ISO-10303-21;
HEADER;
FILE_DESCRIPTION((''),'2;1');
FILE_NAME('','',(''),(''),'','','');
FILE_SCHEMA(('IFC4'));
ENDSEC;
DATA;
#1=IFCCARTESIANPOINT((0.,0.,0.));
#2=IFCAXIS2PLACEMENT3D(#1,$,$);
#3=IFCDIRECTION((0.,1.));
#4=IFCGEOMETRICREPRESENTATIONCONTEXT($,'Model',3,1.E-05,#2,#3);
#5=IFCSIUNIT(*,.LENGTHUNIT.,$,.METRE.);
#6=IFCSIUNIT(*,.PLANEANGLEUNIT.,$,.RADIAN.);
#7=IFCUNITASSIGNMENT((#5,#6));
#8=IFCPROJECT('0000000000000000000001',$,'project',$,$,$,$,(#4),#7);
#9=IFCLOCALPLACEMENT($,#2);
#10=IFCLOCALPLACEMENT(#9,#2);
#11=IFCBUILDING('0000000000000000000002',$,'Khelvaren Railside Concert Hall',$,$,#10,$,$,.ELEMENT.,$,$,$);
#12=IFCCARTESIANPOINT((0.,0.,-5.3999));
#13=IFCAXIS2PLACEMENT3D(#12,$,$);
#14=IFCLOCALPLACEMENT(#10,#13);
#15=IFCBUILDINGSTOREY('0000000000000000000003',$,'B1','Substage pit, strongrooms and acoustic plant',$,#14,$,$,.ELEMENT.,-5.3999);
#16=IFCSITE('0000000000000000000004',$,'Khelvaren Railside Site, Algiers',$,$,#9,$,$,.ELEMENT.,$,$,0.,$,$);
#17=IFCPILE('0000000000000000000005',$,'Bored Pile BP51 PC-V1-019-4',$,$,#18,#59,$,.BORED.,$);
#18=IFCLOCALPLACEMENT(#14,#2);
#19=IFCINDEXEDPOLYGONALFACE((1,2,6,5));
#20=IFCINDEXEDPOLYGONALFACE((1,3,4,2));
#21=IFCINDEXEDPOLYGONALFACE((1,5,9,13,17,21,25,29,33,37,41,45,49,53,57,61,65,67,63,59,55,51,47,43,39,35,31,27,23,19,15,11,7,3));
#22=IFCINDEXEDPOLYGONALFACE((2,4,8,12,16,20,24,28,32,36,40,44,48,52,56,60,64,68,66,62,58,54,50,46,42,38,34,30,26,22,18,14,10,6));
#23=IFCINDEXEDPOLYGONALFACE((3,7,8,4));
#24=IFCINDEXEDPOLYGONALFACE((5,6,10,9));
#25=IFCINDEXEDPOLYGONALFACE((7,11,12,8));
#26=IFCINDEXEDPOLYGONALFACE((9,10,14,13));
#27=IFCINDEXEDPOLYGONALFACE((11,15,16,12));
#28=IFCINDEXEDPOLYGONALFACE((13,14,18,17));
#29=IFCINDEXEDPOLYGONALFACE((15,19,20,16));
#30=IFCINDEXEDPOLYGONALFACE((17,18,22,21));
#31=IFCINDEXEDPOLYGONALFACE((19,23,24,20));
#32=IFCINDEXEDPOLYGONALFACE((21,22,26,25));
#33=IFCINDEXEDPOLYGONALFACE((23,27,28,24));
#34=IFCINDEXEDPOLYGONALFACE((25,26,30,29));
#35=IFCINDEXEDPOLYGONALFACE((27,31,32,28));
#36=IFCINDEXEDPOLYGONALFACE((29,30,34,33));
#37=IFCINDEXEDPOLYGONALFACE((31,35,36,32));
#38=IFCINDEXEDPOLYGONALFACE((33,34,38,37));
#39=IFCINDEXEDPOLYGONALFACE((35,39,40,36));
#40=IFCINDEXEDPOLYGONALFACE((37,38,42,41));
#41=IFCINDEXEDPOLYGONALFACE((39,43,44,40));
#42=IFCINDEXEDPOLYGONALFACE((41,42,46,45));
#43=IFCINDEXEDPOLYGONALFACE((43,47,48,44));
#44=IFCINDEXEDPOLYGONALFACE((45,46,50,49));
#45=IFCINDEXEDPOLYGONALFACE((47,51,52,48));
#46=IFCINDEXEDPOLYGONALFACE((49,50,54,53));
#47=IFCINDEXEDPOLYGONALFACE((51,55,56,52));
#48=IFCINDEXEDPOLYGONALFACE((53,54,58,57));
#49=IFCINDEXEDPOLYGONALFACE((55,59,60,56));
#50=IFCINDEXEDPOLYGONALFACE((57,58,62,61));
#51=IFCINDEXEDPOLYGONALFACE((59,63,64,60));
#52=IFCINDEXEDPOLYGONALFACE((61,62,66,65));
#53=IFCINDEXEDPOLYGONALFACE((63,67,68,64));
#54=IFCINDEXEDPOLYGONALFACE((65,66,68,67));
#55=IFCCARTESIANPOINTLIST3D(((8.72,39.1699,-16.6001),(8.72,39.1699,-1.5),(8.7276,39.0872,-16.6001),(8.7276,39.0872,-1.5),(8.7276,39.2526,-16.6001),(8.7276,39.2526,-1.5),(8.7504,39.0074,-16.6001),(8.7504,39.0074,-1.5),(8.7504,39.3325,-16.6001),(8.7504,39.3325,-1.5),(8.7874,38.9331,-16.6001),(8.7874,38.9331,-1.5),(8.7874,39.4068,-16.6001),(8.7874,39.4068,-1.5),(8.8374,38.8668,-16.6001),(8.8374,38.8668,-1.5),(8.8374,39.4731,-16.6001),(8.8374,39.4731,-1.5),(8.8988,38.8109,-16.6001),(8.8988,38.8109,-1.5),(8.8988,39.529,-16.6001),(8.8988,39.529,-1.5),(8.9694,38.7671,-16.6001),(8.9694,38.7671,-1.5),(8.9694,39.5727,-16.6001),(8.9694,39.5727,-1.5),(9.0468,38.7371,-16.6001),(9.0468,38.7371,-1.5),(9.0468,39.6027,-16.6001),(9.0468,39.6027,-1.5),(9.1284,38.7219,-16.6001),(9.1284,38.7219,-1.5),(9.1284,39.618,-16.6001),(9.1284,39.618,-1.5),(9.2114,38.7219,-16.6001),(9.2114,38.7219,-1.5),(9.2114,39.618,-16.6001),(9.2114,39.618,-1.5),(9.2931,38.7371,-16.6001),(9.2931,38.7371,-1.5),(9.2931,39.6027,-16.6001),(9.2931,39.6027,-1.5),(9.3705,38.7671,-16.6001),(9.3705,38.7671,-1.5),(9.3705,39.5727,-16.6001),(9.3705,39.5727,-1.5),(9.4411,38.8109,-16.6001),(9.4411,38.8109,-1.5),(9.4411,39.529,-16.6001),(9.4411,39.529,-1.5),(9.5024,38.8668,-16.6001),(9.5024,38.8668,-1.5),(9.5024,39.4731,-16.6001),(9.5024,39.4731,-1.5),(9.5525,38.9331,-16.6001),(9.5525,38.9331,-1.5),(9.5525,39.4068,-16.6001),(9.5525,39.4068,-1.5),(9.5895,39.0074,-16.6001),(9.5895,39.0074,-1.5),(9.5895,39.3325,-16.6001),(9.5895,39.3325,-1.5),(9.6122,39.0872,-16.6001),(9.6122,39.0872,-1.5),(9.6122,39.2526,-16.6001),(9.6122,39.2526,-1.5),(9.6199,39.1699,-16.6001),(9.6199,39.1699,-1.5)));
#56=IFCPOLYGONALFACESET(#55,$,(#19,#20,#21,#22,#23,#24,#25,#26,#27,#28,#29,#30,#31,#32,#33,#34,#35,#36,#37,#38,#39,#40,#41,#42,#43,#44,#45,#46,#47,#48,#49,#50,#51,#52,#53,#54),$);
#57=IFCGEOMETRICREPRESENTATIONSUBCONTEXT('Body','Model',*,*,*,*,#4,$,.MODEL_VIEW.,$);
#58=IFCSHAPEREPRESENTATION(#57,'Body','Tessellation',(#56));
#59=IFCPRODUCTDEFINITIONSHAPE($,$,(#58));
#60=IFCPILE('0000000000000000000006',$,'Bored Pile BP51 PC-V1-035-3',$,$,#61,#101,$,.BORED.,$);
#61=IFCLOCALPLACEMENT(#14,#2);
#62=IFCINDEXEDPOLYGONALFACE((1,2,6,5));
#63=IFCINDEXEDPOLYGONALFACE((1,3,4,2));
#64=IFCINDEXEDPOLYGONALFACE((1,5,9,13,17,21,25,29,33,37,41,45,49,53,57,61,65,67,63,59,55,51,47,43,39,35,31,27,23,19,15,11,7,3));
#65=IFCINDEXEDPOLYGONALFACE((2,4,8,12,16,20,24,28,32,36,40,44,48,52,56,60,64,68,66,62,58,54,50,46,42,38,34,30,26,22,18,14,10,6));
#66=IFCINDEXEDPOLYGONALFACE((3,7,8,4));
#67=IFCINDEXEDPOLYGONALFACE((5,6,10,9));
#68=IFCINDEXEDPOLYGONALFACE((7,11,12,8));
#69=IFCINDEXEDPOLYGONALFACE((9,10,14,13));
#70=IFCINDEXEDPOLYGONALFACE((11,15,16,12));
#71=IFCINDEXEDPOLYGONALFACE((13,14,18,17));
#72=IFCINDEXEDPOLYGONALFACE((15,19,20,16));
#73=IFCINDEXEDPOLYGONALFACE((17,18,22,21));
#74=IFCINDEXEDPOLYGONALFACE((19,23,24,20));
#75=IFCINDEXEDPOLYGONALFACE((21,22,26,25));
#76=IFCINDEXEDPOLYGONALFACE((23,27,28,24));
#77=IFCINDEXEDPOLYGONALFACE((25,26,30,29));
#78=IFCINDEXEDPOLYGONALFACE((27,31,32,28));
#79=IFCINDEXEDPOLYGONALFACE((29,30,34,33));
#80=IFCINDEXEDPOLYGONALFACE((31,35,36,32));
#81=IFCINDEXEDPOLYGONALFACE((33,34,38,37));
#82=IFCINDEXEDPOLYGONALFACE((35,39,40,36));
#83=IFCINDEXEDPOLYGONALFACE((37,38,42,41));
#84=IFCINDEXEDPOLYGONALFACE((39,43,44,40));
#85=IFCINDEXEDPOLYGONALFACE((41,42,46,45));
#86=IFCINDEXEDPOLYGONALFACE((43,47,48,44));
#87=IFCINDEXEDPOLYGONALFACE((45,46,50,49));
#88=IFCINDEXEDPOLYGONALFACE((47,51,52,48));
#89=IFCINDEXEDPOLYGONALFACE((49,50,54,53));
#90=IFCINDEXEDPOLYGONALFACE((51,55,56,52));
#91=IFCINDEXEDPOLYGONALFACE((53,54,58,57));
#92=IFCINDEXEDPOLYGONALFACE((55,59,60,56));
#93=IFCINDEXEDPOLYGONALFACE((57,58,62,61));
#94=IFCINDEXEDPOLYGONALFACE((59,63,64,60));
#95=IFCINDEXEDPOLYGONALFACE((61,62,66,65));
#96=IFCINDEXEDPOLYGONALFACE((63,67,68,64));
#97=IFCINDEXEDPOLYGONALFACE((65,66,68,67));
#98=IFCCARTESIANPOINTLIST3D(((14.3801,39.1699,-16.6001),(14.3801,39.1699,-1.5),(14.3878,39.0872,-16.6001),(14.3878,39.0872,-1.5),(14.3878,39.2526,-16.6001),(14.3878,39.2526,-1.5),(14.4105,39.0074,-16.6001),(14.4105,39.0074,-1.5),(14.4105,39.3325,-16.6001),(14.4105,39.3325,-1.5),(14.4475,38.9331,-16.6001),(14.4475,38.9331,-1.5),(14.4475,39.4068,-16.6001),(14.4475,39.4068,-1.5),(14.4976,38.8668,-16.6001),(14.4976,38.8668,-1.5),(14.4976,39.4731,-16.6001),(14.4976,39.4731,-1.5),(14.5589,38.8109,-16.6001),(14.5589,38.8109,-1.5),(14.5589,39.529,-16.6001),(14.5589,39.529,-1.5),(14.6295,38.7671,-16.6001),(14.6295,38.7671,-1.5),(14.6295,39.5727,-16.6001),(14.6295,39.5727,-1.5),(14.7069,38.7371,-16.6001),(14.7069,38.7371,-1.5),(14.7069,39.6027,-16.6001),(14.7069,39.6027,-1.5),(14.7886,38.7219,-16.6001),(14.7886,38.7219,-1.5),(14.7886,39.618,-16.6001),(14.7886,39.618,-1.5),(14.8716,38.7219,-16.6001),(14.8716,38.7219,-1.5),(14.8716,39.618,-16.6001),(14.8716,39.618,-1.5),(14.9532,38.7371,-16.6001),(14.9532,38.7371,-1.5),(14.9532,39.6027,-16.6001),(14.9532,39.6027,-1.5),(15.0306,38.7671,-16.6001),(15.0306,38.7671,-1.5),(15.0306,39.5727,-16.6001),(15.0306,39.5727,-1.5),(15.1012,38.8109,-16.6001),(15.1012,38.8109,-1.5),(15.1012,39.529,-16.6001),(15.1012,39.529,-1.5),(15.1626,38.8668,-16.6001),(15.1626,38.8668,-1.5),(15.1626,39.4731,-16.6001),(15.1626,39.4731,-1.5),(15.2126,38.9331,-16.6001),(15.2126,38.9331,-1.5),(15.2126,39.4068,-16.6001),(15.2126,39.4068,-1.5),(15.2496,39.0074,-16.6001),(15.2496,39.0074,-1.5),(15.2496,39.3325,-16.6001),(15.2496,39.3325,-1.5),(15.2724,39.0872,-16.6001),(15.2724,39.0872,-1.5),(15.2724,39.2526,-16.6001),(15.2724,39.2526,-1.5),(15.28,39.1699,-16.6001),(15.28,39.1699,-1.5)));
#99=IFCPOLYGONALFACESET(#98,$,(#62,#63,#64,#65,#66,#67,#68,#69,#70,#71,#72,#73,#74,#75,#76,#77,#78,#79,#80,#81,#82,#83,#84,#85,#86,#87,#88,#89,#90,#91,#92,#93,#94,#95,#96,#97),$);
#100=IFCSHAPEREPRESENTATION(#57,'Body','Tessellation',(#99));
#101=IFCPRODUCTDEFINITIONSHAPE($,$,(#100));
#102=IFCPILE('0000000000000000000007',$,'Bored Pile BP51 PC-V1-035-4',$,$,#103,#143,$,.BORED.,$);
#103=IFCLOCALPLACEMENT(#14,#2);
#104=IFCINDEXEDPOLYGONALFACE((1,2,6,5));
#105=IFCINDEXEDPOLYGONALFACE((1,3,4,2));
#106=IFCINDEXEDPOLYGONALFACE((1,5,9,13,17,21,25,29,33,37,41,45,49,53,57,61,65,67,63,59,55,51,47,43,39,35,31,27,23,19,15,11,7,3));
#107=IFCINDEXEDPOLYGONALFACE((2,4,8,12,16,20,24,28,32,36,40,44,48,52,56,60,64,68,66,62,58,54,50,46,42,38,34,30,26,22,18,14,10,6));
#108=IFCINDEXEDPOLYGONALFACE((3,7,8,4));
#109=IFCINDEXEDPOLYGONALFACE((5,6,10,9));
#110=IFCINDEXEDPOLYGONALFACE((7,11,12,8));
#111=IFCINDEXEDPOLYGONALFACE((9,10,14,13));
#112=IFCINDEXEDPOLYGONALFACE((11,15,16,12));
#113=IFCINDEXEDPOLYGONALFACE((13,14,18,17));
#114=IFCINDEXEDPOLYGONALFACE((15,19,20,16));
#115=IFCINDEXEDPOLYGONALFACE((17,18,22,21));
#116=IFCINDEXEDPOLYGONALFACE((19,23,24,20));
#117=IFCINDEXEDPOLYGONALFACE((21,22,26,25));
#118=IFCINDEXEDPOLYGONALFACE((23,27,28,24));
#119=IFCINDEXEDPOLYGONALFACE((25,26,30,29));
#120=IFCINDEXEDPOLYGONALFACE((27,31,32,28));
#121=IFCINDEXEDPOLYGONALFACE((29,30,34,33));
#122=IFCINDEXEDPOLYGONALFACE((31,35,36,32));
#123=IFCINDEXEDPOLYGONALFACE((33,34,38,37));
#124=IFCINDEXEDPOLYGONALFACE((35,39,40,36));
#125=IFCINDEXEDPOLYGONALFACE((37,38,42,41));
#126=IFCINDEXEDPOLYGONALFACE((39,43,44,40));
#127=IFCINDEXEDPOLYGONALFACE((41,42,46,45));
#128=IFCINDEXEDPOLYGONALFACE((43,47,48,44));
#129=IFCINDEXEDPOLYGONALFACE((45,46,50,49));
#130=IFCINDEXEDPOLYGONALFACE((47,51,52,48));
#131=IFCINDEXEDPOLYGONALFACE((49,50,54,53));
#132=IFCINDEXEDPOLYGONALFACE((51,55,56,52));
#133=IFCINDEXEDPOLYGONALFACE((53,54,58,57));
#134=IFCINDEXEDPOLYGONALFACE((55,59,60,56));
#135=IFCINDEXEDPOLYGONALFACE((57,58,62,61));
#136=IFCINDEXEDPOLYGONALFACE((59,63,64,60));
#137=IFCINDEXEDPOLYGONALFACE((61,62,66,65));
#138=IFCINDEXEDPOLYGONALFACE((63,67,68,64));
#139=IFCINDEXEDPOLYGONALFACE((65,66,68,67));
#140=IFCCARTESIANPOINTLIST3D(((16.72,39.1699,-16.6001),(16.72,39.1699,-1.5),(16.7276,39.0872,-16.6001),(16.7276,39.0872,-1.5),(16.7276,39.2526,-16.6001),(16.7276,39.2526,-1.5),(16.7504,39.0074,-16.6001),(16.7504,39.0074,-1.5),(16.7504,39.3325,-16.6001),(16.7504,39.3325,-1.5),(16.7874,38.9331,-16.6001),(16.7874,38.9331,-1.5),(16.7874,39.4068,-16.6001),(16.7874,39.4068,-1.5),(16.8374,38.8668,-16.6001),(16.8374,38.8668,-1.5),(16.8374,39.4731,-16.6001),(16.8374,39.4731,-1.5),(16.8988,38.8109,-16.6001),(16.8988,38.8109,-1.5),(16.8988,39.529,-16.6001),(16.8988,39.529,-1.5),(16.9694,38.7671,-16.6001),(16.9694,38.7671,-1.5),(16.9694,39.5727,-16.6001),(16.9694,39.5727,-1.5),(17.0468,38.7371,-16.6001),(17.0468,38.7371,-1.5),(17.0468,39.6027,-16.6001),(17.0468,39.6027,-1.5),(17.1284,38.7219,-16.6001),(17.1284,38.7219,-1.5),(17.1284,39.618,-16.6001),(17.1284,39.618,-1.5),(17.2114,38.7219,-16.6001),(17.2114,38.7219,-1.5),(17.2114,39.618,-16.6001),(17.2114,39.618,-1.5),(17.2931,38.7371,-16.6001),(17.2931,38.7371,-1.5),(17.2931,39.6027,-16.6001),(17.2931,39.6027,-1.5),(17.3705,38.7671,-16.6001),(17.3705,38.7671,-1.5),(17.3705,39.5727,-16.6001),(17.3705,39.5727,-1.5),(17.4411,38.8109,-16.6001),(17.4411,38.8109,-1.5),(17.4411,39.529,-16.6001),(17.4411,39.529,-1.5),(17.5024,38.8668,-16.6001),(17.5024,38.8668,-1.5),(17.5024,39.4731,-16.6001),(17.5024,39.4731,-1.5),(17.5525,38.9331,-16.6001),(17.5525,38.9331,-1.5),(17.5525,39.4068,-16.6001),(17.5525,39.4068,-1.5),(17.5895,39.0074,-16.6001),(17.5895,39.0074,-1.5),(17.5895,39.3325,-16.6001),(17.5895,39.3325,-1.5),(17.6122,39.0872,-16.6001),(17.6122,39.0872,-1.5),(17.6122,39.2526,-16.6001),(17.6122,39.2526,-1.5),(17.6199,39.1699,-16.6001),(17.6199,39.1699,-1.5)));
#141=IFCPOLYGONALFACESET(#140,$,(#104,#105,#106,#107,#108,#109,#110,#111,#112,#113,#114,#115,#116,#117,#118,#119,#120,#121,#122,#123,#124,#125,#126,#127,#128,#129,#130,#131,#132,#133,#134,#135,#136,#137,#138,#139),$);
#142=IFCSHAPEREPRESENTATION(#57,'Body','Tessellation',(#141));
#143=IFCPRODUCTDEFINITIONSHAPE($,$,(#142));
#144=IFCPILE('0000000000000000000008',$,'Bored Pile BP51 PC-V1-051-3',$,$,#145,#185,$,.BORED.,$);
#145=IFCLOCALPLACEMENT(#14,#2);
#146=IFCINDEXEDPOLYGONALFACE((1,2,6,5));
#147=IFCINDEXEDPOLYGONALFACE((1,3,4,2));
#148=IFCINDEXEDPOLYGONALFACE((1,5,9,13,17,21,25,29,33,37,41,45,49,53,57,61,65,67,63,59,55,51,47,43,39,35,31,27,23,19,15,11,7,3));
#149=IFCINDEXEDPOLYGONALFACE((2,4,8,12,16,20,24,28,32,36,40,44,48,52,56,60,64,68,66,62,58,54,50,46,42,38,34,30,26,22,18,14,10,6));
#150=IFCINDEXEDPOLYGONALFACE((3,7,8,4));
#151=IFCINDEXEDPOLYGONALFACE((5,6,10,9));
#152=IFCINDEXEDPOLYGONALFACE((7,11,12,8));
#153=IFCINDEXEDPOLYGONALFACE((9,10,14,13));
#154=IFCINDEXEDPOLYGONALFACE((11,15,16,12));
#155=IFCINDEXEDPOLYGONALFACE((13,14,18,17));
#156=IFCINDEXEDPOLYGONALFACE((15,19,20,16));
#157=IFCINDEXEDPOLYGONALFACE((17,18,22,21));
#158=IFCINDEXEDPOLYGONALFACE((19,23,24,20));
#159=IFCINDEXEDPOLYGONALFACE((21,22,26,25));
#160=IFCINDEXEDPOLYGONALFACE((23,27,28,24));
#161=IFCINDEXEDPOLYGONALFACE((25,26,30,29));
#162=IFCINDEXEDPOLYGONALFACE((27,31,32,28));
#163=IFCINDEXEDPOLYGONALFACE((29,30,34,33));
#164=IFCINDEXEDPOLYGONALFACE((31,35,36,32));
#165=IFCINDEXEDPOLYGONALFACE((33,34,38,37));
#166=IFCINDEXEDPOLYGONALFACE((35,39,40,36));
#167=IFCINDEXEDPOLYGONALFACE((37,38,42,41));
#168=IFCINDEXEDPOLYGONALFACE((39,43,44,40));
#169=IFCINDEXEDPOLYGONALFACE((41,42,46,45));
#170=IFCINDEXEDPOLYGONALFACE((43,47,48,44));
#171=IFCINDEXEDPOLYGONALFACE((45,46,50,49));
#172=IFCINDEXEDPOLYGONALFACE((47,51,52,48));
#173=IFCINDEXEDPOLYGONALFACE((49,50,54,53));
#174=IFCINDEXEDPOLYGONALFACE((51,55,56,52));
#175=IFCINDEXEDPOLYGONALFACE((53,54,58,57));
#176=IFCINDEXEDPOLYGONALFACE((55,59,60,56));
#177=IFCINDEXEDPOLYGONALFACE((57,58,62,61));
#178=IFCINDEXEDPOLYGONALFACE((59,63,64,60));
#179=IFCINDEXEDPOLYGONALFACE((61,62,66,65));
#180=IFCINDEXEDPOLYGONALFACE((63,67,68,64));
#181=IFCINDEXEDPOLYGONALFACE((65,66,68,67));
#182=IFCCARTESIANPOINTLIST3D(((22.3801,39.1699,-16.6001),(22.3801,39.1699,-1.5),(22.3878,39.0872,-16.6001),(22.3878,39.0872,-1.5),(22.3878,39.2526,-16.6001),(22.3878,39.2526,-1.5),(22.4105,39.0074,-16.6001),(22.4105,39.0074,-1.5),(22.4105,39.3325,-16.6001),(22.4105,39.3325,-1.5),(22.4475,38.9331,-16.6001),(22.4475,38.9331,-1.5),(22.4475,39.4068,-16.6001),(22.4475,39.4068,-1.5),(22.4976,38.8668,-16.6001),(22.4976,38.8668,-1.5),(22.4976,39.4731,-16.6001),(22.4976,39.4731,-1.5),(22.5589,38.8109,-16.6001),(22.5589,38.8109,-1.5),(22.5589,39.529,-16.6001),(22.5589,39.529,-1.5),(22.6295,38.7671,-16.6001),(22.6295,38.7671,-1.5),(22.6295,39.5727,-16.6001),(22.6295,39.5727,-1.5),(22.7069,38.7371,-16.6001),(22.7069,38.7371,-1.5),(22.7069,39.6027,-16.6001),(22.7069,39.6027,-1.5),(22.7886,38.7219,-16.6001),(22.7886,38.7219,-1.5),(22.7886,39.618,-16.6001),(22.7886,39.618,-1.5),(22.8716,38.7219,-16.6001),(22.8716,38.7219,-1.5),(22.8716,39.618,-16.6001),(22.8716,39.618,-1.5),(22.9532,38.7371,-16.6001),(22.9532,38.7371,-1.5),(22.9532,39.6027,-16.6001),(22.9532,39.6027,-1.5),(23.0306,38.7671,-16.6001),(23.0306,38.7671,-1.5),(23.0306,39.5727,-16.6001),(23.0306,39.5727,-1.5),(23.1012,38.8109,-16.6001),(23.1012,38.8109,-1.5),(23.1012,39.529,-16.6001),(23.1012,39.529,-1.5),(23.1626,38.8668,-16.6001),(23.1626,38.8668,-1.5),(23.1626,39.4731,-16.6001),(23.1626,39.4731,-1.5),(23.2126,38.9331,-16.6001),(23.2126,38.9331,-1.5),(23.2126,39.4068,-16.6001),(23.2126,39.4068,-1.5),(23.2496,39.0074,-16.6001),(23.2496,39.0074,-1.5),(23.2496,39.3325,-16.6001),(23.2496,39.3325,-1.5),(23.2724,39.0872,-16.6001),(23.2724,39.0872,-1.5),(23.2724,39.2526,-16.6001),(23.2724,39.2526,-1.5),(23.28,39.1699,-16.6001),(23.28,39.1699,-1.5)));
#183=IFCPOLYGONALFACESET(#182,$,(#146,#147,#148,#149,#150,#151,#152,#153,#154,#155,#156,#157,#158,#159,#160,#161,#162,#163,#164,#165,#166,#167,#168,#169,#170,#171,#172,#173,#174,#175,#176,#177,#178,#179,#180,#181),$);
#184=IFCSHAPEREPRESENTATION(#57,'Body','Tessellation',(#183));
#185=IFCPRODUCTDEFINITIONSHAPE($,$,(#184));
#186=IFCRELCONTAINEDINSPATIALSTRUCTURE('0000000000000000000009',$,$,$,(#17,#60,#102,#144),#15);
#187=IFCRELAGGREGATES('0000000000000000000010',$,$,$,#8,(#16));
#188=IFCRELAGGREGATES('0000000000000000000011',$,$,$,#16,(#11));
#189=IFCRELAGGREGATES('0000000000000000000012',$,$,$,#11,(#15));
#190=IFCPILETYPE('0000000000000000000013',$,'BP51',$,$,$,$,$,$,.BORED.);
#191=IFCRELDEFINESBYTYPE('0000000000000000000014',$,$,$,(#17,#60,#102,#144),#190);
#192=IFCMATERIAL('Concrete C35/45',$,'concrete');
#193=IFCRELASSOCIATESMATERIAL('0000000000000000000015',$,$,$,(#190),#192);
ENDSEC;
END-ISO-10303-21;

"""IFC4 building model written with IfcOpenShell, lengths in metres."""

from ifc_helpers import new_model, si_unit, direction, frame, origin, origin_2d, place, context, subcontext, project, spatial, circle, extrude, material, material_profile, profile_set, type_object, element, save


model = new_model("IFC4")

# Units and contexts
model_context = context("Model", 3, precision=1e-05, world=origin(), true_north=direction((0.0, 1.0)))
body_context = subcontext(model_context, "Body", "Model", "MODEL_VIEW")
ifc_project = project(units=[si_unit("LENGTHUNIT", "METRE"), si_unit("PLANEANGLEUNIT", "RADIAN")], contexts=[model_context])

# Site, building, storey
site_placement = place(None, origin())
site = spatial("IfcSite", under=ifc_project, at=site_placement, Name="Khelvaren Railside Site, Algiers", CompositionType="ELEMENT", RefElevation=0.0)
building_placement = place(site_placement, origin())
building = spatial("IfcBuilding", under=site, at=building_placement, Name="Khelvaren Railside Concert Hall", CompositionType="ELEMENT")
storey_placement = place(building_placement, frame((0.0, 0.0, -5.3999)))
storey = spatial("IfcBuildingStorey", under=building, at=storey_placement, Name="B1", Description="Substage pit, strongrooms and acoustic plant", CompositionType="ELEMENT", Elevation=-5.3999)

# Piles
ifc_material_1 = material(Name="Concrete C35/45", Category="concrete")
ifc_material_profile_1 = material_profile(ifc_material_1, circle(Radius=0.45, at=origin_2d()), Name="BP D900")
ifc_profile_set_1 = profile_set([ifc_material_profile_1], Name="Concrete C35/45")
pile_type_1 = type_object("IfcPileType", Name="BP51", PredefinedType="BORED", material=ifc_profile_set_1)
for number, where, z_axis, x_axis, name in (
    (1, (9.1699, 39.1699, -1.5), (0.0, 0.0, -1.0), (1.0, 0.0, 0.0), "Bored Pile BP51 PC-V1-019-4"),
    (2, (14.8301, 39.1699, -1.5), (0.0, 0.0, -1.0), (1.0, 0.0, 0.0), "Bored Pile BP51 PC-V1-035-3"),
    (3, (17.1699, 39.1699, -1.5), (0.0, 0.0, -1.0), (1.0, 0.0, 0.0), "Bored Pile BP51 PC-V1-035-4"),
    (4, (22.8301, 39.1699, -1.5), (0.0, 0.0, -1.0), (1.0, 0.0, 0.0), "Bored Pile BP51 PC-V1-051-3"),
):
    element("IfcPile", number, at=place(storey_placement, frame(where, z_axis=z_axis, x_axis=x_axis)), inside=storey, type_object=pile_type_1, Name=name, PredefinedType="BORED", context=body_context, shape_type="SweptSolid", body=[
        extrude(circle(Radius=0.45, at=origin_2d()), origin(), (0.0, 0.0, 1.0), 15.1001),
    ])

save(model, "model.ifc")
